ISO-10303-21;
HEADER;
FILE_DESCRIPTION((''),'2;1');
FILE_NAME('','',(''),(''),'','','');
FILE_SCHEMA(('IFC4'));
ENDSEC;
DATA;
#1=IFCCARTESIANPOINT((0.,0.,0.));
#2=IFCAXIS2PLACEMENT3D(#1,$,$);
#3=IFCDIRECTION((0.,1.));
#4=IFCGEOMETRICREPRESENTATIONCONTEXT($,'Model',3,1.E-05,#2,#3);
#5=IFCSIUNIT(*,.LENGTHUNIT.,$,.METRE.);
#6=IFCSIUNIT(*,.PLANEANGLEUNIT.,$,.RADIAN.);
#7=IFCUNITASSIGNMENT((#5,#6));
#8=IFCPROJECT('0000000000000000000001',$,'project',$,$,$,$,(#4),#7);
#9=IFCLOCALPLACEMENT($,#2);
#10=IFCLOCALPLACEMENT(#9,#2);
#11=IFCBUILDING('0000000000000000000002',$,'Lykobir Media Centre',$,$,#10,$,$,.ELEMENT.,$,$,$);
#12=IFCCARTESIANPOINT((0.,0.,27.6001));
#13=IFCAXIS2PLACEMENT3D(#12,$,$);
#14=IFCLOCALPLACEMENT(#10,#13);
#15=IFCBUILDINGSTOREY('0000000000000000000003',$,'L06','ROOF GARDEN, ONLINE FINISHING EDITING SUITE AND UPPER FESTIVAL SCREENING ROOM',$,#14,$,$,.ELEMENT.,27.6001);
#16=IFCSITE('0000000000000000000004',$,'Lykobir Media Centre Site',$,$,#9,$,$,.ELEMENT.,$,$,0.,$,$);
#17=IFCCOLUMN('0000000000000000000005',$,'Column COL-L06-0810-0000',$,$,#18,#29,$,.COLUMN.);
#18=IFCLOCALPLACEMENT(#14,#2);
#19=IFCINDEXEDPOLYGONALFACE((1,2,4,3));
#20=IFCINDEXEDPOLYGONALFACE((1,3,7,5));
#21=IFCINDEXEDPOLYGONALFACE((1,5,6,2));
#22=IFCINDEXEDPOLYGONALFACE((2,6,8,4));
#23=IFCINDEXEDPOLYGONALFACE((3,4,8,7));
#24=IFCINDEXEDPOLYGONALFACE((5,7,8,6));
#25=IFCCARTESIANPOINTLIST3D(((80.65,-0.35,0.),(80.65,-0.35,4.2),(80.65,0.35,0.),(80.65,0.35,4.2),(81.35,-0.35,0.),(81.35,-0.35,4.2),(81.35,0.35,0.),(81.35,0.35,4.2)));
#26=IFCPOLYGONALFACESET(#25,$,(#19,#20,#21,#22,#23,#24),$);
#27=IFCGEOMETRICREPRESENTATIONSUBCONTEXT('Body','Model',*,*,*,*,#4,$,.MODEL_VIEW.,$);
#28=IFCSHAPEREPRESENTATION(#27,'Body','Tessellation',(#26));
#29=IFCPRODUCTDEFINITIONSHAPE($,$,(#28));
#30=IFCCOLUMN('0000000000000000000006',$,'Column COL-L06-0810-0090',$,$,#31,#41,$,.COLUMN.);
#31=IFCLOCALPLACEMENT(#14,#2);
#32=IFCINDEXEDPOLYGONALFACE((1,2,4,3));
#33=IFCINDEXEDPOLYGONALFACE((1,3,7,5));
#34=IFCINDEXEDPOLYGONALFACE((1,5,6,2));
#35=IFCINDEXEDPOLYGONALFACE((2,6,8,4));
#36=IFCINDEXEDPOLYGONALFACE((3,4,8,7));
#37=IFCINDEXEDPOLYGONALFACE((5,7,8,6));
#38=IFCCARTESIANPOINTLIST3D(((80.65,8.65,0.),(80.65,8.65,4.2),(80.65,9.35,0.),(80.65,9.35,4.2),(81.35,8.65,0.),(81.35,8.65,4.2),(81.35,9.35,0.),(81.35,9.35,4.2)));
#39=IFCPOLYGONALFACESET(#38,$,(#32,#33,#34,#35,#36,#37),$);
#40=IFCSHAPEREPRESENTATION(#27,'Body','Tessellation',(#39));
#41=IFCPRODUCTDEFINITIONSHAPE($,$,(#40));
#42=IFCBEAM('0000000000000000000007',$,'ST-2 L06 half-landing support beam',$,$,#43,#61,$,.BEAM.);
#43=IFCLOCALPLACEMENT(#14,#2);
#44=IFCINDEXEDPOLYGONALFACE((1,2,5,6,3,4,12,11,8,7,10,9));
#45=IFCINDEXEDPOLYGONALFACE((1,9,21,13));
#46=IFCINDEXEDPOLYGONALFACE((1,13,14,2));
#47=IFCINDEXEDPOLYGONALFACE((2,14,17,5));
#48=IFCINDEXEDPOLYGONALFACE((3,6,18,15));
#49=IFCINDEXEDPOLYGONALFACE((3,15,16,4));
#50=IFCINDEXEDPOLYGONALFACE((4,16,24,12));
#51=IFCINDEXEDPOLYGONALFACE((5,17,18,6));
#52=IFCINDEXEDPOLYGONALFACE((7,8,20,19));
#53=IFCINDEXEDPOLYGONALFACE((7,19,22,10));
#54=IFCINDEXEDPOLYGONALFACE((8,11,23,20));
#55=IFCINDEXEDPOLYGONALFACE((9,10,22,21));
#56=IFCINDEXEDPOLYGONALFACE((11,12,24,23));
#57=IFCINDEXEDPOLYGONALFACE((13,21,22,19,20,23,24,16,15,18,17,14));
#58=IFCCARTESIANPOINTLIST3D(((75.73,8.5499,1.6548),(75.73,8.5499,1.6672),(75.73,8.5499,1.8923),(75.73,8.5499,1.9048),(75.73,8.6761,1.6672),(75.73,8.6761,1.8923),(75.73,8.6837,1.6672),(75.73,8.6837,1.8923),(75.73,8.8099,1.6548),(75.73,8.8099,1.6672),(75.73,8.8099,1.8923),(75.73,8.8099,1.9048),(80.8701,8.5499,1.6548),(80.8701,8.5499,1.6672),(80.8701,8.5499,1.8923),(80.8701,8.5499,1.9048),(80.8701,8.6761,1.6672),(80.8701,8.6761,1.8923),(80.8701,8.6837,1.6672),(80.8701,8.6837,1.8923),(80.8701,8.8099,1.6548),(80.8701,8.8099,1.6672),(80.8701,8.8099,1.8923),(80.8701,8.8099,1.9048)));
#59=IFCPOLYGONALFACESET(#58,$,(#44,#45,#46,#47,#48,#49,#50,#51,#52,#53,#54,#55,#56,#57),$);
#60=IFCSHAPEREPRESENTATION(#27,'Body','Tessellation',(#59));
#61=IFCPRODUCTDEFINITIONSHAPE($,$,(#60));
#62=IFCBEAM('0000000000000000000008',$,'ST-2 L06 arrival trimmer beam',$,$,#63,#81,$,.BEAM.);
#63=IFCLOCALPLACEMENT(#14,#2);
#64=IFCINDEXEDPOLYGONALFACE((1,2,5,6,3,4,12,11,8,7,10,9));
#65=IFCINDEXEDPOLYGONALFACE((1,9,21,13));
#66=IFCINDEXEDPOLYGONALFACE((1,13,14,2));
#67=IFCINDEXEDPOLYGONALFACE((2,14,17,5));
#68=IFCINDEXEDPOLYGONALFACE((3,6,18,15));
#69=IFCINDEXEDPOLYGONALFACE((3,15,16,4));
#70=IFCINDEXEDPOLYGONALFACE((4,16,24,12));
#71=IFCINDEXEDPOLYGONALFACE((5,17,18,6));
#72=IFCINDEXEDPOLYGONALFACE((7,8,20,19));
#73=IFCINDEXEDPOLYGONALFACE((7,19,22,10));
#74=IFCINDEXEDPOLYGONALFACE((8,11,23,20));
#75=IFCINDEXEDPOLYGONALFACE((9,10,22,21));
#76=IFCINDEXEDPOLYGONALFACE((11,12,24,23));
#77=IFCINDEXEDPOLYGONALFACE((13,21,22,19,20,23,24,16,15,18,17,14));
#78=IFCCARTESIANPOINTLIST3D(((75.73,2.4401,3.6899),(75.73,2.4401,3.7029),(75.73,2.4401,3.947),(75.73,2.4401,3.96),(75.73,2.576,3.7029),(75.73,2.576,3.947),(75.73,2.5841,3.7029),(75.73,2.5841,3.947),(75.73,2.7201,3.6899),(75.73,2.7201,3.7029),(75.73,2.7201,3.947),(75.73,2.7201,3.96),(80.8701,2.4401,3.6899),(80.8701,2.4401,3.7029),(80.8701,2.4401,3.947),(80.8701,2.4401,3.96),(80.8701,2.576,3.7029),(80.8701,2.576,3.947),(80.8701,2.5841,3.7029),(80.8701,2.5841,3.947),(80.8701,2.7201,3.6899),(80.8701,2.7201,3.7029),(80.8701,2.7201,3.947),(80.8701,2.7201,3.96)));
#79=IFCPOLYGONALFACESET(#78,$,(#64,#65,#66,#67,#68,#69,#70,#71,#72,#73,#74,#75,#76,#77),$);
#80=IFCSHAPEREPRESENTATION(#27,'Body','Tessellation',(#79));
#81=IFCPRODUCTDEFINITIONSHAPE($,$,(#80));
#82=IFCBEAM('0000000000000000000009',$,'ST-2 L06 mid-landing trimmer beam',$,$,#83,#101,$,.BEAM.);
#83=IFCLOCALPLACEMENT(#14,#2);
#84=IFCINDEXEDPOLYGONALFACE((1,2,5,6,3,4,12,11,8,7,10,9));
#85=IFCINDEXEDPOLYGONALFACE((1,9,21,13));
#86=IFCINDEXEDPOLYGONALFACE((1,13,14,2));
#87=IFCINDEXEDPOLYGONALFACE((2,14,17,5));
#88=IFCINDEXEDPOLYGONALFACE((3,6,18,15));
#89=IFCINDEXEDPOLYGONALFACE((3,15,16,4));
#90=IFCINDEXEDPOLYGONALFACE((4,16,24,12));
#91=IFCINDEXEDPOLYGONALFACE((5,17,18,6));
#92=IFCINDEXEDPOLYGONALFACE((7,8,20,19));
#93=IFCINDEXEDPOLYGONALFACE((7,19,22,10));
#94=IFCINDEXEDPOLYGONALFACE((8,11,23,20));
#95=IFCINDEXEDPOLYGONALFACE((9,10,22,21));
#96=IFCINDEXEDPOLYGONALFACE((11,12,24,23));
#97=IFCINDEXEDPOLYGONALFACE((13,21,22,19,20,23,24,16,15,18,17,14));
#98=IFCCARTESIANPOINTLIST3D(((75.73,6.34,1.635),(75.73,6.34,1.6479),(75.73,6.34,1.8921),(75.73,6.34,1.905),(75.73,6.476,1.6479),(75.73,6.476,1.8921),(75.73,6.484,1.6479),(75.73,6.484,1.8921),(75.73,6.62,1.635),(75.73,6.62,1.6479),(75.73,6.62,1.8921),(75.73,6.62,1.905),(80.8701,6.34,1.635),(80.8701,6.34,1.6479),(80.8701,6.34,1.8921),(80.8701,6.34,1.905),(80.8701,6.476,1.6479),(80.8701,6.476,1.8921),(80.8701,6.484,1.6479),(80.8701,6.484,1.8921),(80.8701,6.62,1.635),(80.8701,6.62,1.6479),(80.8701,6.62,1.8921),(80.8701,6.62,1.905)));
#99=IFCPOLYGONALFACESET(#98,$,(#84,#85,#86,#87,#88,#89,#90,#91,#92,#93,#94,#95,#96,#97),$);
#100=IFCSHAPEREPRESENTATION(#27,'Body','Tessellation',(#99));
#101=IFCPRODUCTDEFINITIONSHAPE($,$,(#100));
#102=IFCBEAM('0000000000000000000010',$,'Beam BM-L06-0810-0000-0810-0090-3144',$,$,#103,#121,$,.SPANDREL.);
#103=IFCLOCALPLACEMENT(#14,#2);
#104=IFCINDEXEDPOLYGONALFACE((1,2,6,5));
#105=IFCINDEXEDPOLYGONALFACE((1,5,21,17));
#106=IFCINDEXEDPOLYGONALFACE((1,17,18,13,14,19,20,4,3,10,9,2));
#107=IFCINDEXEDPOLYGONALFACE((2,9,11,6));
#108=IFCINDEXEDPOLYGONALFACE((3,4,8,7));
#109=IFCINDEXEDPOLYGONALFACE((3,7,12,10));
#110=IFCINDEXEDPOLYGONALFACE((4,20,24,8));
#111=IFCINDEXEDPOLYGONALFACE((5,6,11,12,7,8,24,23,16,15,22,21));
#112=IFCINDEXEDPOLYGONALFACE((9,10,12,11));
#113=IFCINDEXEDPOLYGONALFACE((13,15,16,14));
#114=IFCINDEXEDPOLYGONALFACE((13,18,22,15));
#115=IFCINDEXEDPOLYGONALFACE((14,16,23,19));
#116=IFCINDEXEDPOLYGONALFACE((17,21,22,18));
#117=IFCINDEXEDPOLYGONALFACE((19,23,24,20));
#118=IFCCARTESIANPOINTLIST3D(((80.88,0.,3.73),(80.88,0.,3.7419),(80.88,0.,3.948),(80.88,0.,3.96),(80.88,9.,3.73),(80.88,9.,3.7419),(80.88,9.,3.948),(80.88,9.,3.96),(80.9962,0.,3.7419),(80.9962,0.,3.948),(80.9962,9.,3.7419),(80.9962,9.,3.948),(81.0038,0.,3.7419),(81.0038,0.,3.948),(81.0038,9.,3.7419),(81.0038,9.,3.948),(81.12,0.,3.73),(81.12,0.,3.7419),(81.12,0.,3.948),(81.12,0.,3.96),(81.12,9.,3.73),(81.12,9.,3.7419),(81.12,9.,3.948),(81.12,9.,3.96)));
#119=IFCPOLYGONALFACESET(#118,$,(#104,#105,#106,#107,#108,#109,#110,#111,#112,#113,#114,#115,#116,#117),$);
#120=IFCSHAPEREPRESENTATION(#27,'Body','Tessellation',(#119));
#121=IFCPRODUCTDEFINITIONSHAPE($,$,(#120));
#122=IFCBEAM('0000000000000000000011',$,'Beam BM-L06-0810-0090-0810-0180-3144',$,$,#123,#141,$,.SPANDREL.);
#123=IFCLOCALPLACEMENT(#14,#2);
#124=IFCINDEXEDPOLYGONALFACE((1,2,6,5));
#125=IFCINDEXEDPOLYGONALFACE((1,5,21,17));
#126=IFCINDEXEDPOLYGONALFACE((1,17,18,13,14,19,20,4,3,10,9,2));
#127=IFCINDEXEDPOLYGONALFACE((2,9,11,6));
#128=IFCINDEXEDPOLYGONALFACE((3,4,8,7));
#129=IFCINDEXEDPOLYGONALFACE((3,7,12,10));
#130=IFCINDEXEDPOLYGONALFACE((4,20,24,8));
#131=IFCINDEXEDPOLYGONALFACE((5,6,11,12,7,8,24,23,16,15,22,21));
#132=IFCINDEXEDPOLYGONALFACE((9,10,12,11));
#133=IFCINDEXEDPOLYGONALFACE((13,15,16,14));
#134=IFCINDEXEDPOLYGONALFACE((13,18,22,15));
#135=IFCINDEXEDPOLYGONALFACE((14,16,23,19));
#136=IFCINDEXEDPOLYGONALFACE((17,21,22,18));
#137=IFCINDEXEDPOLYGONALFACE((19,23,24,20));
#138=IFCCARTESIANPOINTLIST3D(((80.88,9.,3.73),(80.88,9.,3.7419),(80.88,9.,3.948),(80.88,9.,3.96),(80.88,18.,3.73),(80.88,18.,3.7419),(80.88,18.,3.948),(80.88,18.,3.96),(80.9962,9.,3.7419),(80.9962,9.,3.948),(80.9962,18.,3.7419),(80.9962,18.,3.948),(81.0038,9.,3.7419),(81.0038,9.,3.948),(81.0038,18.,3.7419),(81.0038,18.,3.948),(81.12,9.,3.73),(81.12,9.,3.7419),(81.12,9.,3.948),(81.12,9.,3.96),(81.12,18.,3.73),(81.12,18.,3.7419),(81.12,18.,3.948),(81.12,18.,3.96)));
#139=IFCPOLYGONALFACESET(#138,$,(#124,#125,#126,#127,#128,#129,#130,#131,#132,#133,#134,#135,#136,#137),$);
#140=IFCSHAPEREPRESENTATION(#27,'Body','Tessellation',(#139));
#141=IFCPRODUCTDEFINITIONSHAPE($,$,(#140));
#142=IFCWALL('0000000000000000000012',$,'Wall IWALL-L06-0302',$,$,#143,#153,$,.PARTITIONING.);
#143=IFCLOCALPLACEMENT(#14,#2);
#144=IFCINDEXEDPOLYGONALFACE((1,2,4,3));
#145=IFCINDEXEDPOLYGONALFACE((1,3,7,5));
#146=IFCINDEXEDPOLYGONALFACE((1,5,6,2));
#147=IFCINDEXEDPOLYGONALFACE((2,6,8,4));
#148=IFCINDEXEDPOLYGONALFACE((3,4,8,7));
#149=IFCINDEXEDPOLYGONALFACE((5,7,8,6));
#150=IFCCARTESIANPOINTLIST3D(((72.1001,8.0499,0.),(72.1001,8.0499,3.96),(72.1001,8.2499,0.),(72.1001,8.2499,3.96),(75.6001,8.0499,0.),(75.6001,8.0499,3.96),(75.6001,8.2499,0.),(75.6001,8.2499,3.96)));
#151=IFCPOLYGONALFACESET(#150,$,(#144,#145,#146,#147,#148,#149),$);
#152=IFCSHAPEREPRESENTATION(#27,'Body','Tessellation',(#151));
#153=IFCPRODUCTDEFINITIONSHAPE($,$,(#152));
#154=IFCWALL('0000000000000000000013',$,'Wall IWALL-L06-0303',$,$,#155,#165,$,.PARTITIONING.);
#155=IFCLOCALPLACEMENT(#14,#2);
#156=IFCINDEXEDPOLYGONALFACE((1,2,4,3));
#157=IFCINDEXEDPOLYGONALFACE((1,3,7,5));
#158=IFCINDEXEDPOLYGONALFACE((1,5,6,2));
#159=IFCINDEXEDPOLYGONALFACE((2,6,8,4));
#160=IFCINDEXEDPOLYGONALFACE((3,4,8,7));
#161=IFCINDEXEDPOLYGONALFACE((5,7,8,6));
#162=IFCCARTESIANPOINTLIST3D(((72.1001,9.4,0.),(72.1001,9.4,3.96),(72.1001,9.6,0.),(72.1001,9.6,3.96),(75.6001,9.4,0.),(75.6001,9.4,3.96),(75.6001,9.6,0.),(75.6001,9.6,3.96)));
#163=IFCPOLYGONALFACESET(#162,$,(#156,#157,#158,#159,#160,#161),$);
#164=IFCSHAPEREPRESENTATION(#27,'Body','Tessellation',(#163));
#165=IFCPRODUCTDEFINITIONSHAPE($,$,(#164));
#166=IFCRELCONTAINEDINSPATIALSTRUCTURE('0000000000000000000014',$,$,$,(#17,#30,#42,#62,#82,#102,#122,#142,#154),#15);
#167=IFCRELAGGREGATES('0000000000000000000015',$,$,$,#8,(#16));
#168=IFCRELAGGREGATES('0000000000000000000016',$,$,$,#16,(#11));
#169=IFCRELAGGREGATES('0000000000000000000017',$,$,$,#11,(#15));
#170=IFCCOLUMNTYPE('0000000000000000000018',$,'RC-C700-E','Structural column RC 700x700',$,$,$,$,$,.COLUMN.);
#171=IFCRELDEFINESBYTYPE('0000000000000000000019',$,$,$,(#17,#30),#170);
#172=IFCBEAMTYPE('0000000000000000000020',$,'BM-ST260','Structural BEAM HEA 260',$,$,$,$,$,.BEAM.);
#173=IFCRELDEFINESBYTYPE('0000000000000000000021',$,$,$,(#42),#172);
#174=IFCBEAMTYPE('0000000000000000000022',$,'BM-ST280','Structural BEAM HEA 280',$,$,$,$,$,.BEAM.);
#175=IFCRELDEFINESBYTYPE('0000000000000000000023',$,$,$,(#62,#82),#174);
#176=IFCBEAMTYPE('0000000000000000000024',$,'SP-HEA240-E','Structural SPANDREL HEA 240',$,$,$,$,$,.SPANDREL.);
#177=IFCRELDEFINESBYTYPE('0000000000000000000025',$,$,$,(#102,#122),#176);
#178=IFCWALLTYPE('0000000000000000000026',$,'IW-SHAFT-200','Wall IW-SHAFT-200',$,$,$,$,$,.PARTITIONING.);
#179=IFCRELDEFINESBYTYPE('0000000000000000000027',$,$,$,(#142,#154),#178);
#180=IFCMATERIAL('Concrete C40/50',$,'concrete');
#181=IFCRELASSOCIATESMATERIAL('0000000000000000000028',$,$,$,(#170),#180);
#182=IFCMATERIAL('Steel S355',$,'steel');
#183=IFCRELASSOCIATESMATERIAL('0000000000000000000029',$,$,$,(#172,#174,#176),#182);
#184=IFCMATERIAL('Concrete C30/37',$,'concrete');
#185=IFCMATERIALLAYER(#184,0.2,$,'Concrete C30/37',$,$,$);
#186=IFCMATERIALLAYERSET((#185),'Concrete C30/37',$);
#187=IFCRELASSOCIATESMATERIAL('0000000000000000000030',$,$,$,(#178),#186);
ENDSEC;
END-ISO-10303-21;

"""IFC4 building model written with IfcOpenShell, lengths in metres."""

from ifc_helpers import new_model, si_unit, direction, frame, frame_2d, origin, origin_2d, place, context, subcontext, project, spatial, rectangle, i_section, extrude, material, layer, layer_set, material_profile, profile_set, type_object, element, save


model = new_model("IFC4")

# Units and contexts
model_context = context("Model", 3, precision=1e-05, world=origin(), true_north=direction((0.0, 1.0)))
body_context = subcontext(model_context, "Body", "Model", "MODEL_VIEW")
ifc_project = project(units=[si_unit("LENGTHUNIT", "METRE"), si_unit("PLANEANGLEUNIT", "RADIAN")], contexts=[model_context])

# Site, building, storey
site_placement = place(None, origin())
site = spatial("IfcSite", under=ifc_project, at=site_placement, Name="Lykobir Media Centre Site", CompositionType="ELEMENT", RefElevation=0.0)
building_placement = place(site_placement, origin())
building = spatial("IfcBuilding", under=site, at=building_placement, Name="Lykobir Media Centre", CompositionType="ELEMENT")
storey_placement = place(building_placement, frame((0.0, 0.0, 27.6001)))
storey = spatial("IfcBuildingStorey", under=building, at=storey_placement, Name="L06", Description="ROOF GARDEN, ONLINE FINISHING EDITING SUITE AND UPPER FESTIVAL SCREENING ROOM", CompositionType="ELEMENT", Elevation=27.6001)

# Columns
ifc_material_1 = material(Name="Concrete C40/50", Category="concrete")
ifc_material_profile_1 = material_profile(ifc_material_1, rectangle(XDim=0.7, YDim=0.7, at=origin_2d()), Name="RC 700x700")
ifc_profile_set_1 = profile_set([ifc_material_profile_1], Name="Concrete C40/50")
column_type = type_object("IfcColumnType", Name="RC-C700-E", Description="Structural column RC 700x700", PredefinedType="COLUMN", material=ifc_profile_set_1)
for number, where, z_axis, x_axis, name in (
    (1, (81.0, 0.0, 0.0), (0.0, 0.0, 1.0), (1.0, 0.0, 0.0), "Column COL-L06-0810-0000"),
    (2, (81.0, 9.0, 0.0), (0.0, 0.0, 1.0), (1.0, 0.0, 0.0), "Column COL-L06-0810-0090"),
):
    element("IfcColumn", number, at=place(storey_placement, frame(where, z_axis=z_axis, x_axis=x_axis)), inside=storey, type_object=column_type, Name=name, PredefinedType="COLUMN", context=body_context, shape_type="SweptSolid", body=[
        extrude(rectangle(XDim=0.7, YDim=0.7, at=origin_2d()), origin(), (0.0, 0.0, 1.0), 4.2),
    ])

# Beams
ifc_material_2 = material(Name="Steel S355", Category="steel")
ifc_material_profile_2 = material_profile(ifc_material_2, i_section(OverallWidth=0.26, OverallDepth=0.25, WebThickness=0.0076, FlangeThickness=0.0125, at=origin_2d()), Name="HEA 260")
ifc_profile_set_2 = profile_set([ifc_material_profile_2], Name="Steel S355")
beam_type_1 = type_object("IfcBeamType", Name="BM-ST260", Description="Structural BEAM HEA 260", PredefinedType="BEAM", material=ifc_profile_set_2)
beam_placement = place(storey_placement, frame((75.73, 8.6799, 1.7798), z_axis=(1.0, 0.0, 0.0), x_axis=(0.0, 1.0, 0.0)))
element("IfcBeam", 3, at=beam_placement, inside=storey, type_object=beam_type_1, Name="ST-2 L06 half-landing support beam", PredefinedType="BEAM", context=body_context, shape_type="SweptSolid", body=[
    extrude(i_section(OverallWidth=0.26, OverallDepth=0.25, WebThickness=0.0076, FlangeThickness=0.0125, at=origin_2d()), origin(), (0.0, 0.0, 1.0), 5.1401),
])
ifc_material_profile_3 = material_profile(ifc_material_2, i_section(OverallWidth=0.28, OverallDepth=0.27, WebThickness=0.0081, FlangeThickness=0.0129, at=origin_2d()), Name="HEA 280")
ifc_profile_set_3 = profile_set([ifc_material_profile_3], Name="Steel S355")
beam_type_2 = type_object("IfcBeamType", Name="BM-ST280", Description="Structural BEAM HEA 280", PredefinedType="BEAM", material=ifc_profile_set_3)
for number, where, z_axis, x_axis, name in (
    (4, (75.73, 2.5801, 3.825), (1.0, 0.0, 0.0), (0.0, 1.0, 0.0), "ST-2 L06 arrival trimmer beam"),
    (5, (75.73, 6.48, 1.77), (1.0, 0.0, 0.0), (0.0, 1.0, 0.0), "ST-2 L06 mid-landing trimmer beam"),
):
    element("IfcBeam", number, at=place(storey_placement, frame(where, z_axis=z_axis, x_axis=x_axis)), inside=storey, type_object=beam_type_2, Name=name, PredefinedType="BEAM", context=body_context, shape_type="SweptSolid", body=[
        extrude(i_section(OverallWidth=0.28, OverallDepth=0.27, WebThickness=0.0081, FlangeThickness=0.0129, at=origin_2d()), origin(), (0.0, 0.0, 1.0), 5.1401),
    ])
ifc_material_profile_4 = material_profile(ifc_material_2, i_section(OverallWidth=0.24, OverallDepth=0.23, WebThickness=0.0076, FlangeThickness=0.012, at=origin_2d()), Name="HEA 240")
ifc_profile_set_4 = profile_set([ifc_material_profile_4], Name="Steel S355")
beam_type_3 = type_object("IfcBeamType", Name="SP-HEA240-E", Description="Structural SPANDREL HEA 240", PredefinedType="SPANDREL", material=ifc_profile_set_4)
for number, where, z_axis, x_axis, name in (
    (6, (81.0, 0.0, 3.845), (0.0, 1.0, 0.0), (-1.0, 0.0, 0.0), "Beam BM-L06-0810-0000-0810-0090-3144"),
    (7, (81.0, 9.0, 3.845), (0.0, 1.0, 0.0), (-1.0, 0.0, 0.0), "Beam BM-L06-0810-0090-0810-0180-3144"),
):
    element("IfcBeam", number, at=place(storey_placement, frame(where, z_axis=z_axis, x_axis=x_axis)), inside=storey, type_object=beam_type_3, Name=name, PredefinedType="SPANDREL", context=body_context, shape_type="SweptSolid", body=[
        extrude(i_section(OverallWidth=0.24, OverallDepth=0.23, WebThickness=0.0076, FlangeThickness=0.012, at=origin_2d()), origin(), (0.0, 0.0, 1.0), 9.0),
    ])

# Walls
ifc_material_3 = material(Name="Concrete C30/37", Category="concrete")
ifc_layer_1 = layer(ifc_material_3, 0.2, Name="Concrete C30/37")
ifc_layer_set_1 = layer_set([ifc_layer_1], Name="Concrete C30/37")
wall_type_1 = type_object("IfcWallType", Name="IW-SHAFT-200", Description="Wall IW-SHAFT-200", PredefinedType="PARTITIONING", material=ifc_layer_set_1)
for number, where, z_axis, x_axis, name in (
    (8, (72.1001, 8.1499, 0.0), (0.0, 0.0, 1.0), (1.0, 0.0, 0.0), "Wall IWALL-L06-0302"),
    (9, (72.1001, 9.5, 0.0), (0.0, 0.0, 1.0), (1.0, 0.0, 0.0), "Wall IWALL-L06-0303"),
):
    element("IfcWall", number, at=place(storey_placement, frame(where, z_axis=z_axis, x_axis=x_axis)), inside=storey, type_object=wall_type_1, Name=name, PredefinedType="PARTITIONING", context=body_context, shape_type="SweptSolid", body=[
        extrude(rectangle(XDim=3.5, YDim=0.2, at=frame_2d((1.75, 0.0))), origin(), (0.0, 0.0, 1.0), 3.96),
    ])

save(model, "model.ifc")
